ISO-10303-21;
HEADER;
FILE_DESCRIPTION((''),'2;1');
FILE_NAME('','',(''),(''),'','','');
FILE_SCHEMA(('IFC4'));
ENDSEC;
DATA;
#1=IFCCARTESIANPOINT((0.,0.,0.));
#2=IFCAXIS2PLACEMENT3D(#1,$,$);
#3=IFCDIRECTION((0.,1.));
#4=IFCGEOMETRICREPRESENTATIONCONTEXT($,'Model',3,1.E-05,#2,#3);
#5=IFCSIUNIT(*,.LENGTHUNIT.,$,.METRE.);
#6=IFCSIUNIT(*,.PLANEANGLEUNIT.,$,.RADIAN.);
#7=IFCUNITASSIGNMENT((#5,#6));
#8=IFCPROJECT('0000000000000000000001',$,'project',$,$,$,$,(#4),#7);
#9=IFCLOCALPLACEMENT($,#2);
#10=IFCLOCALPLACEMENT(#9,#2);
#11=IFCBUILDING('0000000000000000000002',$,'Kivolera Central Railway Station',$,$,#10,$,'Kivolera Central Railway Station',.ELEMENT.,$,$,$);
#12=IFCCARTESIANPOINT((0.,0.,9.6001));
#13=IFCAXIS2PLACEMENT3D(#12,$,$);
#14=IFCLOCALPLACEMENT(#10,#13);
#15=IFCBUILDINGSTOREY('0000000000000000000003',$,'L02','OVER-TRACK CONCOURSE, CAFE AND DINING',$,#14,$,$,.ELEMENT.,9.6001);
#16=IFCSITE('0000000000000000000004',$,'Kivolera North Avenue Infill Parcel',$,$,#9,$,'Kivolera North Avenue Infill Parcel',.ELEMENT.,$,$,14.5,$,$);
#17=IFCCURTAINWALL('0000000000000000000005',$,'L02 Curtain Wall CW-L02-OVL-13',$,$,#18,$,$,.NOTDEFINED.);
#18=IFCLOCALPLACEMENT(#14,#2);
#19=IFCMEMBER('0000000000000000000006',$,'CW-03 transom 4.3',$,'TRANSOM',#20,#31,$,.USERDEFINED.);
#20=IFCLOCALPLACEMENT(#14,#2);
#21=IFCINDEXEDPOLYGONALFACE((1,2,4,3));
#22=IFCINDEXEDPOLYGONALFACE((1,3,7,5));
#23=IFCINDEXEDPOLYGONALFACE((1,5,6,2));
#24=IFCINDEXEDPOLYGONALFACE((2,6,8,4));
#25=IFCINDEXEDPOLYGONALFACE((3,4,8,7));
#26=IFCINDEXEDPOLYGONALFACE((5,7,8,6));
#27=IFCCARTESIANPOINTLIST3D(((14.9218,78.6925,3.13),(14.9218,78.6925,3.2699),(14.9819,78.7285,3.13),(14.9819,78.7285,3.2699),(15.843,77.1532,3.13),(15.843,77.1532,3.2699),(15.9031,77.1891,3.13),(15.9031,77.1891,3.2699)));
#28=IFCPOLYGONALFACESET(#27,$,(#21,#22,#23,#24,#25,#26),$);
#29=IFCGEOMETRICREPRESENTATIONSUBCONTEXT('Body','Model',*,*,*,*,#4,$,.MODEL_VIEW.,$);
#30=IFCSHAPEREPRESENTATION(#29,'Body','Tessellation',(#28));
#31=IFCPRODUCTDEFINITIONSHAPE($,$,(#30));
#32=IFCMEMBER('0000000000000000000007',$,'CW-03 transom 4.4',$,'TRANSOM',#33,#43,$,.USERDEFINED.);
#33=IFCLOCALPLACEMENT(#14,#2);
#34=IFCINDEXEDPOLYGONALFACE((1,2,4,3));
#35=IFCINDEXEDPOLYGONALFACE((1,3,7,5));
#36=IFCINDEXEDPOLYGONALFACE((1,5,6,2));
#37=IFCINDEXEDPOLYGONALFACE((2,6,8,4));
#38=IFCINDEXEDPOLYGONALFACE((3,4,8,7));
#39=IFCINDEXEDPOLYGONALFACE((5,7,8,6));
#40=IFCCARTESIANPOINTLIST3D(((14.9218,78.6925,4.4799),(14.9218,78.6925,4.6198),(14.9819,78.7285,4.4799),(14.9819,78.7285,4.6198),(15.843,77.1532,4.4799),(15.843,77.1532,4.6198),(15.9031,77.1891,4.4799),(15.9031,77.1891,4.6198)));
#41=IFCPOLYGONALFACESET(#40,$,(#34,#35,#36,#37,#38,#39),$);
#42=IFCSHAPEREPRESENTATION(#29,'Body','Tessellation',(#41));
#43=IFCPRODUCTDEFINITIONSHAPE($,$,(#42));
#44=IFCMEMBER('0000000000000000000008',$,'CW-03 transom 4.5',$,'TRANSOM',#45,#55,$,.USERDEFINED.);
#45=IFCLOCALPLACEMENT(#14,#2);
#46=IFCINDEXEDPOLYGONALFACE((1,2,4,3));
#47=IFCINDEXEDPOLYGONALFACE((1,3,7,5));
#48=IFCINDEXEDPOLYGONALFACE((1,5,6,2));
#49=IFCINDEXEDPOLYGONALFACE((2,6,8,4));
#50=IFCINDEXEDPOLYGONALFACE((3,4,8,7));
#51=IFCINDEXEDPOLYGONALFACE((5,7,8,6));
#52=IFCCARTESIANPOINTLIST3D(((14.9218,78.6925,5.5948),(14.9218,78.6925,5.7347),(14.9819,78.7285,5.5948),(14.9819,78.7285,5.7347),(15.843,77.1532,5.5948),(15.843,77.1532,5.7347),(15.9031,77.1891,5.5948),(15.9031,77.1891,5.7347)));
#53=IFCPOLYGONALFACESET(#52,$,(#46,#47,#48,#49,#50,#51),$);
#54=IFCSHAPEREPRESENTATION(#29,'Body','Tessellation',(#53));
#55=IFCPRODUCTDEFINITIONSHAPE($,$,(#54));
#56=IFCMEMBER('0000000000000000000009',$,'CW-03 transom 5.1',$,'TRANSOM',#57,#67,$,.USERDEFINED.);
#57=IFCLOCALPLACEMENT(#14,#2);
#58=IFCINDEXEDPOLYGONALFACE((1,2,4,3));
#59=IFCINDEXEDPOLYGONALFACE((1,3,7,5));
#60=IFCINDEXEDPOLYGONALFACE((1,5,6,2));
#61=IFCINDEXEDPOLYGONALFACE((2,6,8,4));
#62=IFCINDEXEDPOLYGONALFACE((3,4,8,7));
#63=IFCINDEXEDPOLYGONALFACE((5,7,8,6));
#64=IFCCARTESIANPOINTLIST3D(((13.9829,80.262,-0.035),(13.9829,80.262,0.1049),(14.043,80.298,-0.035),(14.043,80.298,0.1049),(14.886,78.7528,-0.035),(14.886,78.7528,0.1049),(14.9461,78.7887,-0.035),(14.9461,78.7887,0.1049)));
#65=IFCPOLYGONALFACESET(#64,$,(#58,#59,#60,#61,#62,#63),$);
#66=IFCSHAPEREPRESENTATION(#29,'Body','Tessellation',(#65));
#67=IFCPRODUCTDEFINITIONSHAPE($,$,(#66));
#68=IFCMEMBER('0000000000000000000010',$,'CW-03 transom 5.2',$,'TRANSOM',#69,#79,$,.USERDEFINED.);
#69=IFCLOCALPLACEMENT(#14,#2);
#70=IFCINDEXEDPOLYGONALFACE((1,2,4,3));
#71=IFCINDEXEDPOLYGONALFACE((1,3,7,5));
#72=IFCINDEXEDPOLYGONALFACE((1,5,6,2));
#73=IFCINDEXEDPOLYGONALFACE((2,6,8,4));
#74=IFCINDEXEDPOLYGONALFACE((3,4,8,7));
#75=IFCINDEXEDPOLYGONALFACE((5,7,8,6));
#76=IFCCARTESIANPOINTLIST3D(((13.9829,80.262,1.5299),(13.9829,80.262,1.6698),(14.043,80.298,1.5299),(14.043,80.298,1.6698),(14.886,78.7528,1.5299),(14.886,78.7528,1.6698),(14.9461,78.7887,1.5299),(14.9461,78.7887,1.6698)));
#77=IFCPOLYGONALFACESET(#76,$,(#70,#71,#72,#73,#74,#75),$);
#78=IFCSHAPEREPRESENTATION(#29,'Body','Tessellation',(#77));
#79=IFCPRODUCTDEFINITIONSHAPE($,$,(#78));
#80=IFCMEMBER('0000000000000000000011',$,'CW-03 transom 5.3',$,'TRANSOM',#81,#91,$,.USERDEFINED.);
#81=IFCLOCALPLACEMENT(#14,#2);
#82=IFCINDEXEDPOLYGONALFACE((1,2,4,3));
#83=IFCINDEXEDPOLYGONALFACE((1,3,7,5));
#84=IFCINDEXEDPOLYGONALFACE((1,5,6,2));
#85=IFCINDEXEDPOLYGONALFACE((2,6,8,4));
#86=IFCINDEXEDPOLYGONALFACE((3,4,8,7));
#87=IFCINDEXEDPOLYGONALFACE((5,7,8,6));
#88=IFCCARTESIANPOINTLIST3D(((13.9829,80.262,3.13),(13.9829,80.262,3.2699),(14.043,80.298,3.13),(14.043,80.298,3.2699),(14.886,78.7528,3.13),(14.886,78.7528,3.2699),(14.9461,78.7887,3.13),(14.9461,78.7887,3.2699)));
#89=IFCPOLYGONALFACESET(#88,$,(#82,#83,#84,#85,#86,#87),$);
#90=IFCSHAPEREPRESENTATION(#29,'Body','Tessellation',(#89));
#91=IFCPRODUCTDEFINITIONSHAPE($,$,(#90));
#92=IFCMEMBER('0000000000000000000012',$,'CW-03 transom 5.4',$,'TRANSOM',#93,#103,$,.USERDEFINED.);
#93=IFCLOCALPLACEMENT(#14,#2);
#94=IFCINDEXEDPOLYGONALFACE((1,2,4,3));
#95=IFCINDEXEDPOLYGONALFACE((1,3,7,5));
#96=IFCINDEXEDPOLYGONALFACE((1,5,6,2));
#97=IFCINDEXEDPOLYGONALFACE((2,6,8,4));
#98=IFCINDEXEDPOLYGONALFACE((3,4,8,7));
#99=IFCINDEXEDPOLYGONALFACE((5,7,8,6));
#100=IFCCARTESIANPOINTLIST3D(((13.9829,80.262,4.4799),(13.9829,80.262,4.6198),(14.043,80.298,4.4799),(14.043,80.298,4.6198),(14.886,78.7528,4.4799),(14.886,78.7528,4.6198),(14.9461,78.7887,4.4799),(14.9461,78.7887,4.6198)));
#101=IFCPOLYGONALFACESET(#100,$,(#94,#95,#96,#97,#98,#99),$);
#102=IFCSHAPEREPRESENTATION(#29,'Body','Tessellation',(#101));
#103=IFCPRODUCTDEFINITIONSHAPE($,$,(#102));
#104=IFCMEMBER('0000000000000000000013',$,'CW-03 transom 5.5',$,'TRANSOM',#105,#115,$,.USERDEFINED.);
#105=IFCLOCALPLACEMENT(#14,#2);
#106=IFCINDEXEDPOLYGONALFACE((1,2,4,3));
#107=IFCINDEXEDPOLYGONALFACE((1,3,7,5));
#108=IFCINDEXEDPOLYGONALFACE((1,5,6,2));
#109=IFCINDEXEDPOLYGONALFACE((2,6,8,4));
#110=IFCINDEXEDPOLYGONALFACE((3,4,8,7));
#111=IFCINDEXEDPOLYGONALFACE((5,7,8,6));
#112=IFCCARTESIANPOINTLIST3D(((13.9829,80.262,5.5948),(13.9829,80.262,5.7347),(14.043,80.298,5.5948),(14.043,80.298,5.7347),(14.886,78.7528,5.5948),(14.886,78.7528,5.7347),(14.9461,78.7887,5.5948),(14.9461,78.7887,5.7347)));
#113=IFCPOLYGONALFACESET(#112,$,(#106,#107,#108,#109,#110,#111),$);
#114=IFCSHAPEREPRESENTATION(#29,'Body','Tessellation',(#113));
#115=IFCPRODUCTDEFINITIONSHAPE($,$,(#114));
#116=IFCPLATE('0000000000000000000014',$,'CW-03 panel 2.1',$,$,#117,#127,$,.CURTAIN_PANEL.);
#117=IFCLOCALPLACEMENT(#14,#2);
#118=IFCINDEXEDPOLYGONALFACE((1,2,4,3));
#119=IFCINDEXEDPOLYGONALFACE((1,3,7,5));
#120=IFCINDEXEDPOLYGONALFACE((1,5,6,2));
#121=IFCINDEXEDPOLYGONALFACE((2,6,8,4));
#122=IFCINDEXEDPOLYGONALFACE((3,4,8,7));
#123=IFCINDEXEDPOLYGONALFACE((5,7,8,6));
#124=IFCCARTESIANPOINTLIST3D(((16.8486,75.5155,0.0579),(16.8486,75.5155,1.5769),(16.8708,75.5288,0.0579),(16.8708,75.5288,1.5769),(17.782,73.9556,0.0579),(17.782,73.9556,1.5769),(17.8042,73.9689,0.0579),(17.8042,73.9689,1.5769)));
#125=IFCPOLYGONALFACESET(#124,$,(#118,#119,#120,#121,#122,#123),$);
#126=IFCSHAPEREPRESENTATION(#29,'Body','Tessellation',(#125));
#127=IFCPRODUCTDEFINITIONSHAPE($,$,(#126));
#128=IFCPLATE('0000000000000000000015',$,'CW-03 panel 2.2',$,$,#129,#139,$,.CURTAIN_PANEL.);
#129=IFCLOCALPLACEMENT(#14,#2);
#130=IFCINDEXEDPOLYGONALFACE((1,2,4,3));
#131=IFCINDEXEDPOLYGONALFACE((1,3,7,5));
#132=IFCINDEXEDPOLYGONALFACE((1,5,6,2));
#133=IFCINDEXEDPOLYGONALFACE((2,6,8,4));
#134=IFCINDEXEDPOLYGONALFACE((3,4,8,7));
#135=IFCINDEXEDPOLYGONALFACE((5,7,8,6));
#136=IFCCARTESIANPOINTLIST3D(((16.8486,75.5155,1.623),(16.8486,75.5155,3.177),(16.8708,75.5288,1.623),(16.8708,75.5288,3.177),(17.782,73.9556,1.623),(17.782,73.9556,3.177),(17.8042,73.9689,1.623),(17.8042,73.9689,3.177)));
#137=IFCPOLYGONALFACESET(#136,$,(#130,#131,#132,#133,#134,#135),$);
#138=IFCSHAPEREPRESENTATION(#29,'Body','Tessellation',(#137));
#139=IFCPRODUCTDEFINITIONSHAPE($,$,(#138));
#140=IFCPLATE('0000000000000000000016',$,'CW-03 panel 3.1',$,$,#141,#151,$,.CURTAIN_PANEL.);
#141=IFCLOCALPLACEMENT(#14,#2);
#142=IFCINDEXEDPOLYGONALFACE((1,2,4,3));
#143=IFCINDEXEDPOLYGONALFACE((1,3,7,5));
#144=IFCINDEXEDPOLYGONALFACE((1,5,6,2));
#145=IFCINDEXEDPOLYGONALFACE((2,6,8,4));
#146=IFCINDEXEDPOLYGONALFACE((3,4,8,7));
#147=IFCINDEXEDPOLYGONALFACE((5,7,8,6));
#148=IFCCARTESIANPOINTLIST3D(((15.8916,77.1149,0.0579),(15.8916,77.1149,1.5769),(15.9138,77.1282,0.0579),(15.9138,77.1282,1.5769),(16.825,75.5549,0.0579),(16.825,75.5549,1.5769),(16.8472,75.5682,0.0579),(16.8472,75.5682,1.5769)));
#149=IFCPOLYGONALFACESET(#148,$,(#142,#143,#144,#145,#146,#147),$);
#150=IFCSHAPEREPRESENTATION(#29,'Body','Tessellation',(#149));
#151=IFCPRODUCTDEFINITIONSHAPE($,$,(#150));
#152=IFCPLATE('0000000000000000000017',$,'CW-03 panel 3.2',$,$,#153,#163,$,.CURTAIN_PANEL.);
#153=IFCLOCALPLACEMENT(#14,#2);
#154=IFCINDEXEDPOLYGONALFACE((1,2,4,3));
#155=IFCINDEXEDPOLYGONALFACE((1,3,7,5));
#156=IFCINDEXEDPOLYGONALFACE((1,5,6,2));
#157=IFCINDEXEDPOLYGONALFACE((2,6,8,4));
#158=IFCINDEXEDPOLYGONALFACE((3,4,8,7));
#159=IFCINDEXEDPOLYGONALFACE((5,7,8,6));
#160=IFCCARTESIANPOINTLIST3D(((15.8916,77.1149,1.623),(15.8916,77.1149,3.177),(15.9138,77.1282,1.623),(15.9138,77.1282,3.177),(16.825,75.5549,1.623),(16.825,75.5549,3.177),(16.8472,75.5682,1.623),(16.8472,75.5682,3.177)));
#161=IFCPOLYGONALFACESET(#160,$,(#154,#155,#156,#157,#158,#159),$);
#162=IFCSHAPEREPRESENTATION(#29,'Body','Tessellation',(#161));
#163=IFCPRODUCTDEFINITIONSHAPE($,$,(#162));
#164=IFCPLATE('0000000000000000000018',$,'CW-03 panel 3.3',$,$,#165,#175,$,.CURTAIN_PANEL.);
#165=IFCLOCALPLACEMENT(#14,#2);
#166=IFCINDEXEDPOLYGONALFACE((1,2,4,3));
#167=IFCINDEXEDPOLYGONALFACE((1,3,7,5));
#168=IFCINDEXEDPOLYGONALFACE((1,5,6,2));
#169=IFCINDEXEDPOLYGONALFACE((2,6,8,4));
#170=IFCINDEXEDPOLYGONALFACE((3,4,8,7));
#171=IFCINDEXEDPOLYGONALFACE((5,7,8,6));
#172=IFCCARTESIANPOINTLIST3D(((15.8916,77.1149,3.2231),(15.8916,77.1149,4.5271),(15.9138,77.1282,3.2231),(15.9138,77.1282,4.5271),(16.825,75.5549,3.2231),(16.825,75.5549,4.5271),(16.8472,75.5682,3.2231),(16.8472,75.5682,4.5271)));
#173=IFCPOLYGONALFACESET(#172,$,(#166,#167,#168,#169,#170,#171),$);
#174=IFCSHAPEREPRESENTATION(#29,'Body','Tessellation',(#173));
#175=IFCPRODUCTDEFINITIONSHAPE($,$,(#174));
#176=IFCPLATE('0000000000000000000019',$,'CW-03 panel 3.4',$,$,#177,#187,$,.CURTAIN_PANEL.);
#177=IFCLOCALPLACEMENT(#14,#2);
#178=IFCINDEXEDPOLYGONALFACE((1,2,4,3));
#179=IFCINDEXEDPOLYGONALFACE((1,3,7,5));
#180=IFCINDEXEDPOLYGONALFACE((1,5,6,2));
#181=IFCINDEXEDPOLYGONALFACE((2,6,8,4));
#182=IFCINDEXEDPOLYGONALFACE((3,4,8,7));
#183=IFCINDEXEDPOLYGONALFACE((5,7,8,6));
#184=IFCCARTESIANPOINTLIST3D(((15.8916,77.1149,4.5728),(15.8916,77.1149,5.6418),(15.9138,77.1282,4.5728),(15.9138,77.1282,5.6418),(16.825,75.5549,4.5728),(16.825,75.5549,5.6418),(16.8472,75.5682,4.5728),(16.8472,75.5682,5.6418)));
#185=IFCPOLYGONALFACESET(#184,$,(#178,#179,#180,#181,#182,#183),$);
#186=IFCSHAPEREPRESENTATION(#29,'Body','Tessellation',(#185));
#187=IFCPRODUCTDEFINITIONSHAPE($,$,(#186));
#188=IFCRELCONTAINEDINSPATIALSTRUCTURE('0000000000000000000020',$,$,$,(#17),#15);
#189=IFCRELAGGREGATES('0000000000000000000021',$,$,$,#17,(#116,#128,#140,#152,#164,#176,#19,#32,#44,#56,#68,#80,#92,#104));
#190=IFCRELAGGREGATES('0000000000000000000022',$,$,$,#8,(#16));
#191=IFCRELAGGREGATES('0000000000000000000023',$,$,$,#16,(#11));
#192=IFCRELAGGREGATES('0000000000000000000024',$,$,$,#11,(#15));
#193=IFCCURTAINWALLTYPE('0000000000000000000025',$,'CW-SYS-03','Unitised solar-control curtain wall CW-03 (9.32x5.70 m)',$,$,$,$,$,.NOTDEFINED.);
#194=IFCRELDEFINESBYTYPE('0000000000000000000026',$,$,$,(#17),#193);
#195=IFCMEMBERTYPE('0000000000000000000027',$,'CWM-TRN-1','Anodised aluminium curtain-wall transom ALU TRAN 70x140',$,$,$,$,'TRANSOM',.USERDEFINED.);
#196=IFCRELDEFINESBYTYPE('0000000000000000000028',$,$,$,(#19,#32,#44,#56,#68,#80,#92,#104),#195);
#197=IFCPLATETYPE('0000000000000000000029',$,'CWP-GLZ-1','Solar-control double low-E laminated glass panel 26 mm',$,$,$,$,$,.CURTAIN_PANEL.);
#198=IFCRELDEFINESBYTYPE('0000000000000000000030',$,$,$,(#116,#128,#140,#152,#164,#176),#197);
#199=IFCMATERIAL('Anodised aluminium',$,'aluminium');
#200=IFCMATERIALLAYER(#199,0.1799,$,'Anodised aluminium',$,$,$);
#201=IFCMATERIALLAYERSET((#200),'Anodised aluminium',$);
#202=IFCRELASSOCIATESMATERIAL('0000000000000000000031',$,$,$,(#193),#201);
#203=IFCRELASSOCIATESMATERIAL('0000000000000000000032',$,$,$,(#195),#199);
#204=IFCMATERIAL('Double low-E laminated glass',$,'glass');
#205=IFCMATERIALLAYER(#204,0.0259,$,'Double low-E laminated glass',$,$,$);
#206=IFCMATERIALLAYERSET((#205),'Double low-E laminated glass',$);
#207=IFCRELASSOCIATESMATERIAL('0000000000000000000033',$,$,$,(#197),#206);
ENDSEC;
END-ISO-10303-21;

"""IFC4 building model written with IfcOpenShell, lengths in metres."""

from ifc_helpers import new_model, si_unit, direction, frame, origin, origin_2d, place, context, subcontext, project, spatial, rectangle, extrude, material, layer, layer_set, material_profile, profile_set, type_object, element, aggregate, save


model = new_model("IFC4")

# Units and contexts
model_context = context("Model", 3, precision=1e-05, world=origin(), true_north=direction((0.0, 1.0)))
body_context = subcontext(model_context, "Body", "Model", "MODEL_VIEW")
ifc_project = project(units=[si_unit("LENGTHUNIT", "METRE"), si_unit("PLANEANGLEUNIT", "RADIAN")], contexts=[model_context])

# Site, building, storey
site_placement = place(None, origin())
site = spatial("IfcSite", under=ifc_project, at=site_placement, Name="Kivolera North Avenue Infill Parcel", LongName="Kivolera North Avenue Infill Parcel", CompositionType="ELEMENT", RefElevation=14.5)
building_placement = place(site_placement, origin())
building = spatial("IfcBuilding", under=site, at=building_placement, Name="Kivolera Central Railway Station", LongName="Kivolera Central Railway Station", CompositionType="ELEMENT")
storey_placement = place(building_placement, frame((0.0, 0.0, 9.6001)))
storey = spatial("IfcBuildingStorey", under=building, at=storey_placement, Name="L02", Description="OVER-TRACK CONCOURSE, CAFE AND DINING", CompositionType="ELEMENT", Elevation=9.6001)

# Curtain wall, members, plates
ifc_material_1 = material(Name="Anodised aluminium", Category="aluminium")
ifc_layer_1 = layer(ifc_material_1, 0.1799, Name="Anodised aluminium")
ifc_layer_set_1 = layer_set([ifc_layer_1], Name="Anodised aluminium")
curtain_wall_type = type_object("IfcCurtainWallType", Name="CW-SYS-03", Description="Unitised solar-control curtain wall CW-03 (9.32x5.70 m)", PredefinedType="NOTDEFINED", material=ifc_layer_set_1)
curtain_wall_placement = place(storey_placement, origin())
curtain_wall = element("IfcCurtainWall", 1, at=curtain_wall_placement, inside=storey, type_object=curtain_wall_type, Name="L02 Curtain Wall CW-L02-OVL-13", PredefinedType="NOTDEFINED")
ifc_material_profile_1 = material_profile(ifc_material_1, rectangle(XDim=0.0701, YDim=0.1399, at=origin_2d()), Name="ALU TRAN 70x140")
ifc_profile_set_1 = profile_set([ifc_material_profile_1], Name="Anodised aluminium")
member_type_1 = type_object("IfcMemberType", Name="CWM-TRN-1", Description="Anodised aluminium curtain-wall transom ALU TRAN 70x140", ElementType="TRANSOM", PredefinedType="USERDEFINED", material=ifc_profile_set_1)
member_1_placement = place(storey_placement, frame((15.873, 77.1711, 3.2), z_axis=(-0.513495, 0.858093, 0.0), x_axis=(-0.858093, -0.513495, 0.0)))
member_1 = element("IfcMember", 2, at=member_1_placement, type_object=member_type_1, Name="CW-03 transom 4.3", ObjectType="TRANSOM", PredefinedType="USERDEFINED", context=body_context, shape_type="SweptSolid", body=[
    extrude(rectangle(XDim=0.0701, YDim=0.1399, at=origin_2d()), origin(), (0.0, 0.0, 1.0), 1.7939),
])
member_2_placement = place(storey_placement, frame((15.873, 77.1711, 4.5498), z_axis=(-0.513495, 0.858093, 0.0), x_axis=(-0.858093, -0.513495, 0.0)))
member_2 = element("IfcMember", 3, at=member_2_placement, type_object=member_type_1, Name="CW-03 transom 4.4", ObjectType="TRANSOM", PredefinedType="USERDEFINED", context=body_context, shape_type="SweptSolid", body=[
    extrude(rectangle(XDim=0.0701, YDim=0.1399, at=origin_2d()), origin(), (0.0, 0.0, 1.0), 1.7939),
])
member_3_placement = place(storey_placement, frame((15.873, 77.1711, 5.6648), z_axis=(-0.513495, 0.858093, 0.0), x_axis=(-0.858093, -0.513495, 0.0)))
member_3 = element("IfcMember", 4, at=member_3_placement, type_object=member_type_1, Name="CW-03 transom 4.5", ObjectType="TRANSOM", PredefinedType="USERDEFINED", context=body_context, shape_type="SweptSolid", body=[
    extrude(rectangle(XDim=0.0701, YDim=0.1399, at=origin_2d()), origin(), (0.0, 0.0, 1.0), 1.7939),
])
member_4_placement = place(storey_placement, frame((14.916, 78.7708, 0.0349), z_axis=(-0.513454, 0.858117, 0.0), x_axis=(-0.858117, -0.513454, 0.0)))
member_4 = element("IfcMember", 5, at=member_4_placement, type_object=member_type_1, Name="CW-03 transom 5.1", ObjectType="TRANSOM", PredefinedType="USERDEFINED", context=body_context, shape_type="SweptSolid", body=[
    extrude(rectangle(XDim=0.0701, YDim=0.1399, at=origin_2d()), origin(), (0.0, 0.0, 1.0), 1.7588),
])
member_5_placement = place(storey_placement, frame((14.916, 78.7708, 1.5999), z_axis=(-0.513454, 0.858117, 0.0), x_axis=(-0.858117, -0.513454, 0.0)))
member_5 = element("IfcMember", 6, at=member_5_placement, type_object=member_type_1, Name="CW-03 transom 5.2", ObjectType="TRANSOM", PredefinedType="USERDEFINED", context=body_context, shape_type="SweptSolid", body=[
    extrude(rectangle(XDim=0.0701, YDim=0.1399, at=origin_2d()), origin(), (0.0, 0.0, 1.0), 1.7588),
])
member_6_placement = place(storey_placement, frame((14.916, 78.7708, 3.2), z_axis=(-0.513454, 0.858117, 0.0), x_axis=(-0.858117, -0.513454, 0.0)))
member_6 = element("IfcMember", 7, at=member_6_placement, type_object=member_type_1, Name="CW-03 transom 5.3", ObjectType="TRANSOM", PredefinedType="USERDEFINED", context=body_context, shape_type="SweptSolid", body=[
    extrude(rectangle(XDim=0.0701, YDim=0.1399, at=origin_2d()), origin(), (0.0, 0.0, 1.0), 1.7588),
])
member_7_placement = place(storey_placement, frame((14.916, 78.7708, 4.5498), z_axis=(-0.513454, 0.858117, 0.0), x_axis=(-0.858117, -0.513454, 0.0)))
member_7 = element("IfcMember", 8, at=member_7_placement, type_object=member_type_1, Name="CW-03 transom 5.4", ObjectType="TRANSOM", PredefinedType="USERDEFINED", context=body_context, shape_type="SweptSolid", body=[
    extrude(rectangle(XDim=0.0701, YDim=0.1399, at=origin_2d()), origin(), (0.0, 0.0, 1.0), 1.7588),
])
member_8_placement = place(storey_placement, frame((14.916, 78.7708, 5.6648), z_axis=(-0.513454, 0.858117, 0.0), x_axis=(-0.858117, -0.513454, 0.0)))
member_8 = element("IfcMember", 9, at=member_8_placement, type_object=member_type_1, Name="CW-03 transom 5.5", ObjectType="TRANSOM", PredefinedType="USERDEFINED", context=body_context, shape_type="SweptSolid", body=[
    extrude(rectangle(XDim=0.0701, YDim=0.1399, at=origin_2d()), origin(), (0.0, 0.0, 1.0), 1.7588),
])
ifc_material_2 = material(Name="Double low-E laminated glass", Category="glass")
ifc_layer_2 = layer(ifc_material_2, 0.0259, Name="Double low-E laminated glass")
ifc_layer_set_2 = layer_set([ifc_layer_2], Name="Double low-E laminated glass")
plate_type = type_object("IfcPlateType", Name="CWP-GLZ-1", Description="Solar-control double low-E laminated glass panel 26 mm", PredefinedType="CURTAIN_PANEL", material=ifc_layer_set_2)
plate_1_placement = place(storey_placement, frame((17.3264, 74.7422, 0.0579), z_axis=(0.0, 0.0, 1.0), x_axis=(-0.513454, 0.858117, 0.0)))
plate_1 = element("IfcPlate", 10, at=plate_1_placement, type_object=plate_type, Name="CW-03 panel 2.1", PredefinedType="CURTAIN_PANEL", context=body_context, shape_type="SweptSolid", body=[
    extrude(rectangle(XDim=1.8179, YDim=0.0259, at=origin_2d()), origin(), (0.0, 0.0, 1.0), 1.519),
])
plate_2_placement = place(storey_placement, frame((17.3264, 74.7422, 1.623), z_axis=(0.0, 0.0, 1.0), x_axis=(-0.513454, 0.858117, 0.0)))
plate_2 = element("IfcPlate", 11, at=plate_2_placement, type_object=plate_type, Name="CW-03 panel 2.2", PredefinedType="CURTAIN_PANEL", context=body_context, shape_type="SweptSolid", body=[
    extrude(rectangle(XDim=1.8179, YDim=0.0259, at=origin_2d()), origin(), (0.0, 0.0, 1.0), 1.554),
])
plate_3_placement = place(storey_placement, frame((16.3694, 76.3416, 0.0579), z_axis=(0.0, 0.0, 1.0), x_axis=(-0.513454, 0.858117, 0.0)))
plate_3 = element("IfcPlate", 12, at=plate_3_placement, type_object=plate_type, Name="CW-03 panel 3.1", PredefinedType="CURTAIN_PANEL", context=body_context, shape_type="SweptSolid", body=[
    extrude(rectangle(XDim=1.8179, YDim=0.0259, at=origin_2d()), origin(), (0.0, 0.0, 1.0), 1.519),
])
plate_4_placement = place(storey_placement, frame((16.3694, 76.3416, 1.623), z_axis=(0.0, 0.0, 1.0), x_axis=(-0.513454, 0.858117, 0.0)))
plate_4 = element("IfcPlate", 13, at=plate_4_placement, type_object=plate_type, Name="CW-03 panel 3.2", PredefinedType="CURTAIN_PANEL", context=body_context, shape_type="SweptSolid", body=[
    extrude(rectangle(XDim=1.8179, YDim=0.0259, at=origin_2d()), origin(), (0.0, 0.0, 1.0), 1.554),
])
plate_5_placement = place(storey_placement, frame((16.3694, 76.3416, 3.2231), z_axis=(0.0, 0.0, 1.0), x_axis=(-0.513454, 0.858117, 0.0)))
plate_5 = element("IfcPlate", 14, at=plate_5_placement, type_object=plate_type, Name="CW-03 panel 3.3", PredefinedType="CURTAIN_PANEL", context=body_context, shape_type="SweptSolid", body=[
    extrude(rectangle(XDim=1.8179, YDim=0.0259, at=origin_2d()), origin(), (0.0, 0.0, 1.0), 1.304),
])
plate_6_placement = place(storey_placement, frame((16.3694, 76.3416, 4.5728), z_axis=(0.0, 0.0, 1.0), x_axis=(-0.513454, 0.858117, 0.0)))
plate_6 = element("IfcPlate", 15, at=plate_6_placement, type_object=plate_type, Name="CW-03 panel 3.4", PredefinedType="CURTAIN_PANEL", context=body_context, shape_type="SweptSolid", body=[
    extrude(rectangle(XDim=1.8179, YDim=0.0259, at=origin_2d()), origin(), (0.0, 0.0, 1.0), 1.0691),
])
aggregate(curtain_wall, [plate_1, plate_2, plate_3, plate_4, plate_5, plate_6, member_1, member_2, member_3, member_4, member_5, member_6, member_7, member_8])

save(model, "model.ifc")
